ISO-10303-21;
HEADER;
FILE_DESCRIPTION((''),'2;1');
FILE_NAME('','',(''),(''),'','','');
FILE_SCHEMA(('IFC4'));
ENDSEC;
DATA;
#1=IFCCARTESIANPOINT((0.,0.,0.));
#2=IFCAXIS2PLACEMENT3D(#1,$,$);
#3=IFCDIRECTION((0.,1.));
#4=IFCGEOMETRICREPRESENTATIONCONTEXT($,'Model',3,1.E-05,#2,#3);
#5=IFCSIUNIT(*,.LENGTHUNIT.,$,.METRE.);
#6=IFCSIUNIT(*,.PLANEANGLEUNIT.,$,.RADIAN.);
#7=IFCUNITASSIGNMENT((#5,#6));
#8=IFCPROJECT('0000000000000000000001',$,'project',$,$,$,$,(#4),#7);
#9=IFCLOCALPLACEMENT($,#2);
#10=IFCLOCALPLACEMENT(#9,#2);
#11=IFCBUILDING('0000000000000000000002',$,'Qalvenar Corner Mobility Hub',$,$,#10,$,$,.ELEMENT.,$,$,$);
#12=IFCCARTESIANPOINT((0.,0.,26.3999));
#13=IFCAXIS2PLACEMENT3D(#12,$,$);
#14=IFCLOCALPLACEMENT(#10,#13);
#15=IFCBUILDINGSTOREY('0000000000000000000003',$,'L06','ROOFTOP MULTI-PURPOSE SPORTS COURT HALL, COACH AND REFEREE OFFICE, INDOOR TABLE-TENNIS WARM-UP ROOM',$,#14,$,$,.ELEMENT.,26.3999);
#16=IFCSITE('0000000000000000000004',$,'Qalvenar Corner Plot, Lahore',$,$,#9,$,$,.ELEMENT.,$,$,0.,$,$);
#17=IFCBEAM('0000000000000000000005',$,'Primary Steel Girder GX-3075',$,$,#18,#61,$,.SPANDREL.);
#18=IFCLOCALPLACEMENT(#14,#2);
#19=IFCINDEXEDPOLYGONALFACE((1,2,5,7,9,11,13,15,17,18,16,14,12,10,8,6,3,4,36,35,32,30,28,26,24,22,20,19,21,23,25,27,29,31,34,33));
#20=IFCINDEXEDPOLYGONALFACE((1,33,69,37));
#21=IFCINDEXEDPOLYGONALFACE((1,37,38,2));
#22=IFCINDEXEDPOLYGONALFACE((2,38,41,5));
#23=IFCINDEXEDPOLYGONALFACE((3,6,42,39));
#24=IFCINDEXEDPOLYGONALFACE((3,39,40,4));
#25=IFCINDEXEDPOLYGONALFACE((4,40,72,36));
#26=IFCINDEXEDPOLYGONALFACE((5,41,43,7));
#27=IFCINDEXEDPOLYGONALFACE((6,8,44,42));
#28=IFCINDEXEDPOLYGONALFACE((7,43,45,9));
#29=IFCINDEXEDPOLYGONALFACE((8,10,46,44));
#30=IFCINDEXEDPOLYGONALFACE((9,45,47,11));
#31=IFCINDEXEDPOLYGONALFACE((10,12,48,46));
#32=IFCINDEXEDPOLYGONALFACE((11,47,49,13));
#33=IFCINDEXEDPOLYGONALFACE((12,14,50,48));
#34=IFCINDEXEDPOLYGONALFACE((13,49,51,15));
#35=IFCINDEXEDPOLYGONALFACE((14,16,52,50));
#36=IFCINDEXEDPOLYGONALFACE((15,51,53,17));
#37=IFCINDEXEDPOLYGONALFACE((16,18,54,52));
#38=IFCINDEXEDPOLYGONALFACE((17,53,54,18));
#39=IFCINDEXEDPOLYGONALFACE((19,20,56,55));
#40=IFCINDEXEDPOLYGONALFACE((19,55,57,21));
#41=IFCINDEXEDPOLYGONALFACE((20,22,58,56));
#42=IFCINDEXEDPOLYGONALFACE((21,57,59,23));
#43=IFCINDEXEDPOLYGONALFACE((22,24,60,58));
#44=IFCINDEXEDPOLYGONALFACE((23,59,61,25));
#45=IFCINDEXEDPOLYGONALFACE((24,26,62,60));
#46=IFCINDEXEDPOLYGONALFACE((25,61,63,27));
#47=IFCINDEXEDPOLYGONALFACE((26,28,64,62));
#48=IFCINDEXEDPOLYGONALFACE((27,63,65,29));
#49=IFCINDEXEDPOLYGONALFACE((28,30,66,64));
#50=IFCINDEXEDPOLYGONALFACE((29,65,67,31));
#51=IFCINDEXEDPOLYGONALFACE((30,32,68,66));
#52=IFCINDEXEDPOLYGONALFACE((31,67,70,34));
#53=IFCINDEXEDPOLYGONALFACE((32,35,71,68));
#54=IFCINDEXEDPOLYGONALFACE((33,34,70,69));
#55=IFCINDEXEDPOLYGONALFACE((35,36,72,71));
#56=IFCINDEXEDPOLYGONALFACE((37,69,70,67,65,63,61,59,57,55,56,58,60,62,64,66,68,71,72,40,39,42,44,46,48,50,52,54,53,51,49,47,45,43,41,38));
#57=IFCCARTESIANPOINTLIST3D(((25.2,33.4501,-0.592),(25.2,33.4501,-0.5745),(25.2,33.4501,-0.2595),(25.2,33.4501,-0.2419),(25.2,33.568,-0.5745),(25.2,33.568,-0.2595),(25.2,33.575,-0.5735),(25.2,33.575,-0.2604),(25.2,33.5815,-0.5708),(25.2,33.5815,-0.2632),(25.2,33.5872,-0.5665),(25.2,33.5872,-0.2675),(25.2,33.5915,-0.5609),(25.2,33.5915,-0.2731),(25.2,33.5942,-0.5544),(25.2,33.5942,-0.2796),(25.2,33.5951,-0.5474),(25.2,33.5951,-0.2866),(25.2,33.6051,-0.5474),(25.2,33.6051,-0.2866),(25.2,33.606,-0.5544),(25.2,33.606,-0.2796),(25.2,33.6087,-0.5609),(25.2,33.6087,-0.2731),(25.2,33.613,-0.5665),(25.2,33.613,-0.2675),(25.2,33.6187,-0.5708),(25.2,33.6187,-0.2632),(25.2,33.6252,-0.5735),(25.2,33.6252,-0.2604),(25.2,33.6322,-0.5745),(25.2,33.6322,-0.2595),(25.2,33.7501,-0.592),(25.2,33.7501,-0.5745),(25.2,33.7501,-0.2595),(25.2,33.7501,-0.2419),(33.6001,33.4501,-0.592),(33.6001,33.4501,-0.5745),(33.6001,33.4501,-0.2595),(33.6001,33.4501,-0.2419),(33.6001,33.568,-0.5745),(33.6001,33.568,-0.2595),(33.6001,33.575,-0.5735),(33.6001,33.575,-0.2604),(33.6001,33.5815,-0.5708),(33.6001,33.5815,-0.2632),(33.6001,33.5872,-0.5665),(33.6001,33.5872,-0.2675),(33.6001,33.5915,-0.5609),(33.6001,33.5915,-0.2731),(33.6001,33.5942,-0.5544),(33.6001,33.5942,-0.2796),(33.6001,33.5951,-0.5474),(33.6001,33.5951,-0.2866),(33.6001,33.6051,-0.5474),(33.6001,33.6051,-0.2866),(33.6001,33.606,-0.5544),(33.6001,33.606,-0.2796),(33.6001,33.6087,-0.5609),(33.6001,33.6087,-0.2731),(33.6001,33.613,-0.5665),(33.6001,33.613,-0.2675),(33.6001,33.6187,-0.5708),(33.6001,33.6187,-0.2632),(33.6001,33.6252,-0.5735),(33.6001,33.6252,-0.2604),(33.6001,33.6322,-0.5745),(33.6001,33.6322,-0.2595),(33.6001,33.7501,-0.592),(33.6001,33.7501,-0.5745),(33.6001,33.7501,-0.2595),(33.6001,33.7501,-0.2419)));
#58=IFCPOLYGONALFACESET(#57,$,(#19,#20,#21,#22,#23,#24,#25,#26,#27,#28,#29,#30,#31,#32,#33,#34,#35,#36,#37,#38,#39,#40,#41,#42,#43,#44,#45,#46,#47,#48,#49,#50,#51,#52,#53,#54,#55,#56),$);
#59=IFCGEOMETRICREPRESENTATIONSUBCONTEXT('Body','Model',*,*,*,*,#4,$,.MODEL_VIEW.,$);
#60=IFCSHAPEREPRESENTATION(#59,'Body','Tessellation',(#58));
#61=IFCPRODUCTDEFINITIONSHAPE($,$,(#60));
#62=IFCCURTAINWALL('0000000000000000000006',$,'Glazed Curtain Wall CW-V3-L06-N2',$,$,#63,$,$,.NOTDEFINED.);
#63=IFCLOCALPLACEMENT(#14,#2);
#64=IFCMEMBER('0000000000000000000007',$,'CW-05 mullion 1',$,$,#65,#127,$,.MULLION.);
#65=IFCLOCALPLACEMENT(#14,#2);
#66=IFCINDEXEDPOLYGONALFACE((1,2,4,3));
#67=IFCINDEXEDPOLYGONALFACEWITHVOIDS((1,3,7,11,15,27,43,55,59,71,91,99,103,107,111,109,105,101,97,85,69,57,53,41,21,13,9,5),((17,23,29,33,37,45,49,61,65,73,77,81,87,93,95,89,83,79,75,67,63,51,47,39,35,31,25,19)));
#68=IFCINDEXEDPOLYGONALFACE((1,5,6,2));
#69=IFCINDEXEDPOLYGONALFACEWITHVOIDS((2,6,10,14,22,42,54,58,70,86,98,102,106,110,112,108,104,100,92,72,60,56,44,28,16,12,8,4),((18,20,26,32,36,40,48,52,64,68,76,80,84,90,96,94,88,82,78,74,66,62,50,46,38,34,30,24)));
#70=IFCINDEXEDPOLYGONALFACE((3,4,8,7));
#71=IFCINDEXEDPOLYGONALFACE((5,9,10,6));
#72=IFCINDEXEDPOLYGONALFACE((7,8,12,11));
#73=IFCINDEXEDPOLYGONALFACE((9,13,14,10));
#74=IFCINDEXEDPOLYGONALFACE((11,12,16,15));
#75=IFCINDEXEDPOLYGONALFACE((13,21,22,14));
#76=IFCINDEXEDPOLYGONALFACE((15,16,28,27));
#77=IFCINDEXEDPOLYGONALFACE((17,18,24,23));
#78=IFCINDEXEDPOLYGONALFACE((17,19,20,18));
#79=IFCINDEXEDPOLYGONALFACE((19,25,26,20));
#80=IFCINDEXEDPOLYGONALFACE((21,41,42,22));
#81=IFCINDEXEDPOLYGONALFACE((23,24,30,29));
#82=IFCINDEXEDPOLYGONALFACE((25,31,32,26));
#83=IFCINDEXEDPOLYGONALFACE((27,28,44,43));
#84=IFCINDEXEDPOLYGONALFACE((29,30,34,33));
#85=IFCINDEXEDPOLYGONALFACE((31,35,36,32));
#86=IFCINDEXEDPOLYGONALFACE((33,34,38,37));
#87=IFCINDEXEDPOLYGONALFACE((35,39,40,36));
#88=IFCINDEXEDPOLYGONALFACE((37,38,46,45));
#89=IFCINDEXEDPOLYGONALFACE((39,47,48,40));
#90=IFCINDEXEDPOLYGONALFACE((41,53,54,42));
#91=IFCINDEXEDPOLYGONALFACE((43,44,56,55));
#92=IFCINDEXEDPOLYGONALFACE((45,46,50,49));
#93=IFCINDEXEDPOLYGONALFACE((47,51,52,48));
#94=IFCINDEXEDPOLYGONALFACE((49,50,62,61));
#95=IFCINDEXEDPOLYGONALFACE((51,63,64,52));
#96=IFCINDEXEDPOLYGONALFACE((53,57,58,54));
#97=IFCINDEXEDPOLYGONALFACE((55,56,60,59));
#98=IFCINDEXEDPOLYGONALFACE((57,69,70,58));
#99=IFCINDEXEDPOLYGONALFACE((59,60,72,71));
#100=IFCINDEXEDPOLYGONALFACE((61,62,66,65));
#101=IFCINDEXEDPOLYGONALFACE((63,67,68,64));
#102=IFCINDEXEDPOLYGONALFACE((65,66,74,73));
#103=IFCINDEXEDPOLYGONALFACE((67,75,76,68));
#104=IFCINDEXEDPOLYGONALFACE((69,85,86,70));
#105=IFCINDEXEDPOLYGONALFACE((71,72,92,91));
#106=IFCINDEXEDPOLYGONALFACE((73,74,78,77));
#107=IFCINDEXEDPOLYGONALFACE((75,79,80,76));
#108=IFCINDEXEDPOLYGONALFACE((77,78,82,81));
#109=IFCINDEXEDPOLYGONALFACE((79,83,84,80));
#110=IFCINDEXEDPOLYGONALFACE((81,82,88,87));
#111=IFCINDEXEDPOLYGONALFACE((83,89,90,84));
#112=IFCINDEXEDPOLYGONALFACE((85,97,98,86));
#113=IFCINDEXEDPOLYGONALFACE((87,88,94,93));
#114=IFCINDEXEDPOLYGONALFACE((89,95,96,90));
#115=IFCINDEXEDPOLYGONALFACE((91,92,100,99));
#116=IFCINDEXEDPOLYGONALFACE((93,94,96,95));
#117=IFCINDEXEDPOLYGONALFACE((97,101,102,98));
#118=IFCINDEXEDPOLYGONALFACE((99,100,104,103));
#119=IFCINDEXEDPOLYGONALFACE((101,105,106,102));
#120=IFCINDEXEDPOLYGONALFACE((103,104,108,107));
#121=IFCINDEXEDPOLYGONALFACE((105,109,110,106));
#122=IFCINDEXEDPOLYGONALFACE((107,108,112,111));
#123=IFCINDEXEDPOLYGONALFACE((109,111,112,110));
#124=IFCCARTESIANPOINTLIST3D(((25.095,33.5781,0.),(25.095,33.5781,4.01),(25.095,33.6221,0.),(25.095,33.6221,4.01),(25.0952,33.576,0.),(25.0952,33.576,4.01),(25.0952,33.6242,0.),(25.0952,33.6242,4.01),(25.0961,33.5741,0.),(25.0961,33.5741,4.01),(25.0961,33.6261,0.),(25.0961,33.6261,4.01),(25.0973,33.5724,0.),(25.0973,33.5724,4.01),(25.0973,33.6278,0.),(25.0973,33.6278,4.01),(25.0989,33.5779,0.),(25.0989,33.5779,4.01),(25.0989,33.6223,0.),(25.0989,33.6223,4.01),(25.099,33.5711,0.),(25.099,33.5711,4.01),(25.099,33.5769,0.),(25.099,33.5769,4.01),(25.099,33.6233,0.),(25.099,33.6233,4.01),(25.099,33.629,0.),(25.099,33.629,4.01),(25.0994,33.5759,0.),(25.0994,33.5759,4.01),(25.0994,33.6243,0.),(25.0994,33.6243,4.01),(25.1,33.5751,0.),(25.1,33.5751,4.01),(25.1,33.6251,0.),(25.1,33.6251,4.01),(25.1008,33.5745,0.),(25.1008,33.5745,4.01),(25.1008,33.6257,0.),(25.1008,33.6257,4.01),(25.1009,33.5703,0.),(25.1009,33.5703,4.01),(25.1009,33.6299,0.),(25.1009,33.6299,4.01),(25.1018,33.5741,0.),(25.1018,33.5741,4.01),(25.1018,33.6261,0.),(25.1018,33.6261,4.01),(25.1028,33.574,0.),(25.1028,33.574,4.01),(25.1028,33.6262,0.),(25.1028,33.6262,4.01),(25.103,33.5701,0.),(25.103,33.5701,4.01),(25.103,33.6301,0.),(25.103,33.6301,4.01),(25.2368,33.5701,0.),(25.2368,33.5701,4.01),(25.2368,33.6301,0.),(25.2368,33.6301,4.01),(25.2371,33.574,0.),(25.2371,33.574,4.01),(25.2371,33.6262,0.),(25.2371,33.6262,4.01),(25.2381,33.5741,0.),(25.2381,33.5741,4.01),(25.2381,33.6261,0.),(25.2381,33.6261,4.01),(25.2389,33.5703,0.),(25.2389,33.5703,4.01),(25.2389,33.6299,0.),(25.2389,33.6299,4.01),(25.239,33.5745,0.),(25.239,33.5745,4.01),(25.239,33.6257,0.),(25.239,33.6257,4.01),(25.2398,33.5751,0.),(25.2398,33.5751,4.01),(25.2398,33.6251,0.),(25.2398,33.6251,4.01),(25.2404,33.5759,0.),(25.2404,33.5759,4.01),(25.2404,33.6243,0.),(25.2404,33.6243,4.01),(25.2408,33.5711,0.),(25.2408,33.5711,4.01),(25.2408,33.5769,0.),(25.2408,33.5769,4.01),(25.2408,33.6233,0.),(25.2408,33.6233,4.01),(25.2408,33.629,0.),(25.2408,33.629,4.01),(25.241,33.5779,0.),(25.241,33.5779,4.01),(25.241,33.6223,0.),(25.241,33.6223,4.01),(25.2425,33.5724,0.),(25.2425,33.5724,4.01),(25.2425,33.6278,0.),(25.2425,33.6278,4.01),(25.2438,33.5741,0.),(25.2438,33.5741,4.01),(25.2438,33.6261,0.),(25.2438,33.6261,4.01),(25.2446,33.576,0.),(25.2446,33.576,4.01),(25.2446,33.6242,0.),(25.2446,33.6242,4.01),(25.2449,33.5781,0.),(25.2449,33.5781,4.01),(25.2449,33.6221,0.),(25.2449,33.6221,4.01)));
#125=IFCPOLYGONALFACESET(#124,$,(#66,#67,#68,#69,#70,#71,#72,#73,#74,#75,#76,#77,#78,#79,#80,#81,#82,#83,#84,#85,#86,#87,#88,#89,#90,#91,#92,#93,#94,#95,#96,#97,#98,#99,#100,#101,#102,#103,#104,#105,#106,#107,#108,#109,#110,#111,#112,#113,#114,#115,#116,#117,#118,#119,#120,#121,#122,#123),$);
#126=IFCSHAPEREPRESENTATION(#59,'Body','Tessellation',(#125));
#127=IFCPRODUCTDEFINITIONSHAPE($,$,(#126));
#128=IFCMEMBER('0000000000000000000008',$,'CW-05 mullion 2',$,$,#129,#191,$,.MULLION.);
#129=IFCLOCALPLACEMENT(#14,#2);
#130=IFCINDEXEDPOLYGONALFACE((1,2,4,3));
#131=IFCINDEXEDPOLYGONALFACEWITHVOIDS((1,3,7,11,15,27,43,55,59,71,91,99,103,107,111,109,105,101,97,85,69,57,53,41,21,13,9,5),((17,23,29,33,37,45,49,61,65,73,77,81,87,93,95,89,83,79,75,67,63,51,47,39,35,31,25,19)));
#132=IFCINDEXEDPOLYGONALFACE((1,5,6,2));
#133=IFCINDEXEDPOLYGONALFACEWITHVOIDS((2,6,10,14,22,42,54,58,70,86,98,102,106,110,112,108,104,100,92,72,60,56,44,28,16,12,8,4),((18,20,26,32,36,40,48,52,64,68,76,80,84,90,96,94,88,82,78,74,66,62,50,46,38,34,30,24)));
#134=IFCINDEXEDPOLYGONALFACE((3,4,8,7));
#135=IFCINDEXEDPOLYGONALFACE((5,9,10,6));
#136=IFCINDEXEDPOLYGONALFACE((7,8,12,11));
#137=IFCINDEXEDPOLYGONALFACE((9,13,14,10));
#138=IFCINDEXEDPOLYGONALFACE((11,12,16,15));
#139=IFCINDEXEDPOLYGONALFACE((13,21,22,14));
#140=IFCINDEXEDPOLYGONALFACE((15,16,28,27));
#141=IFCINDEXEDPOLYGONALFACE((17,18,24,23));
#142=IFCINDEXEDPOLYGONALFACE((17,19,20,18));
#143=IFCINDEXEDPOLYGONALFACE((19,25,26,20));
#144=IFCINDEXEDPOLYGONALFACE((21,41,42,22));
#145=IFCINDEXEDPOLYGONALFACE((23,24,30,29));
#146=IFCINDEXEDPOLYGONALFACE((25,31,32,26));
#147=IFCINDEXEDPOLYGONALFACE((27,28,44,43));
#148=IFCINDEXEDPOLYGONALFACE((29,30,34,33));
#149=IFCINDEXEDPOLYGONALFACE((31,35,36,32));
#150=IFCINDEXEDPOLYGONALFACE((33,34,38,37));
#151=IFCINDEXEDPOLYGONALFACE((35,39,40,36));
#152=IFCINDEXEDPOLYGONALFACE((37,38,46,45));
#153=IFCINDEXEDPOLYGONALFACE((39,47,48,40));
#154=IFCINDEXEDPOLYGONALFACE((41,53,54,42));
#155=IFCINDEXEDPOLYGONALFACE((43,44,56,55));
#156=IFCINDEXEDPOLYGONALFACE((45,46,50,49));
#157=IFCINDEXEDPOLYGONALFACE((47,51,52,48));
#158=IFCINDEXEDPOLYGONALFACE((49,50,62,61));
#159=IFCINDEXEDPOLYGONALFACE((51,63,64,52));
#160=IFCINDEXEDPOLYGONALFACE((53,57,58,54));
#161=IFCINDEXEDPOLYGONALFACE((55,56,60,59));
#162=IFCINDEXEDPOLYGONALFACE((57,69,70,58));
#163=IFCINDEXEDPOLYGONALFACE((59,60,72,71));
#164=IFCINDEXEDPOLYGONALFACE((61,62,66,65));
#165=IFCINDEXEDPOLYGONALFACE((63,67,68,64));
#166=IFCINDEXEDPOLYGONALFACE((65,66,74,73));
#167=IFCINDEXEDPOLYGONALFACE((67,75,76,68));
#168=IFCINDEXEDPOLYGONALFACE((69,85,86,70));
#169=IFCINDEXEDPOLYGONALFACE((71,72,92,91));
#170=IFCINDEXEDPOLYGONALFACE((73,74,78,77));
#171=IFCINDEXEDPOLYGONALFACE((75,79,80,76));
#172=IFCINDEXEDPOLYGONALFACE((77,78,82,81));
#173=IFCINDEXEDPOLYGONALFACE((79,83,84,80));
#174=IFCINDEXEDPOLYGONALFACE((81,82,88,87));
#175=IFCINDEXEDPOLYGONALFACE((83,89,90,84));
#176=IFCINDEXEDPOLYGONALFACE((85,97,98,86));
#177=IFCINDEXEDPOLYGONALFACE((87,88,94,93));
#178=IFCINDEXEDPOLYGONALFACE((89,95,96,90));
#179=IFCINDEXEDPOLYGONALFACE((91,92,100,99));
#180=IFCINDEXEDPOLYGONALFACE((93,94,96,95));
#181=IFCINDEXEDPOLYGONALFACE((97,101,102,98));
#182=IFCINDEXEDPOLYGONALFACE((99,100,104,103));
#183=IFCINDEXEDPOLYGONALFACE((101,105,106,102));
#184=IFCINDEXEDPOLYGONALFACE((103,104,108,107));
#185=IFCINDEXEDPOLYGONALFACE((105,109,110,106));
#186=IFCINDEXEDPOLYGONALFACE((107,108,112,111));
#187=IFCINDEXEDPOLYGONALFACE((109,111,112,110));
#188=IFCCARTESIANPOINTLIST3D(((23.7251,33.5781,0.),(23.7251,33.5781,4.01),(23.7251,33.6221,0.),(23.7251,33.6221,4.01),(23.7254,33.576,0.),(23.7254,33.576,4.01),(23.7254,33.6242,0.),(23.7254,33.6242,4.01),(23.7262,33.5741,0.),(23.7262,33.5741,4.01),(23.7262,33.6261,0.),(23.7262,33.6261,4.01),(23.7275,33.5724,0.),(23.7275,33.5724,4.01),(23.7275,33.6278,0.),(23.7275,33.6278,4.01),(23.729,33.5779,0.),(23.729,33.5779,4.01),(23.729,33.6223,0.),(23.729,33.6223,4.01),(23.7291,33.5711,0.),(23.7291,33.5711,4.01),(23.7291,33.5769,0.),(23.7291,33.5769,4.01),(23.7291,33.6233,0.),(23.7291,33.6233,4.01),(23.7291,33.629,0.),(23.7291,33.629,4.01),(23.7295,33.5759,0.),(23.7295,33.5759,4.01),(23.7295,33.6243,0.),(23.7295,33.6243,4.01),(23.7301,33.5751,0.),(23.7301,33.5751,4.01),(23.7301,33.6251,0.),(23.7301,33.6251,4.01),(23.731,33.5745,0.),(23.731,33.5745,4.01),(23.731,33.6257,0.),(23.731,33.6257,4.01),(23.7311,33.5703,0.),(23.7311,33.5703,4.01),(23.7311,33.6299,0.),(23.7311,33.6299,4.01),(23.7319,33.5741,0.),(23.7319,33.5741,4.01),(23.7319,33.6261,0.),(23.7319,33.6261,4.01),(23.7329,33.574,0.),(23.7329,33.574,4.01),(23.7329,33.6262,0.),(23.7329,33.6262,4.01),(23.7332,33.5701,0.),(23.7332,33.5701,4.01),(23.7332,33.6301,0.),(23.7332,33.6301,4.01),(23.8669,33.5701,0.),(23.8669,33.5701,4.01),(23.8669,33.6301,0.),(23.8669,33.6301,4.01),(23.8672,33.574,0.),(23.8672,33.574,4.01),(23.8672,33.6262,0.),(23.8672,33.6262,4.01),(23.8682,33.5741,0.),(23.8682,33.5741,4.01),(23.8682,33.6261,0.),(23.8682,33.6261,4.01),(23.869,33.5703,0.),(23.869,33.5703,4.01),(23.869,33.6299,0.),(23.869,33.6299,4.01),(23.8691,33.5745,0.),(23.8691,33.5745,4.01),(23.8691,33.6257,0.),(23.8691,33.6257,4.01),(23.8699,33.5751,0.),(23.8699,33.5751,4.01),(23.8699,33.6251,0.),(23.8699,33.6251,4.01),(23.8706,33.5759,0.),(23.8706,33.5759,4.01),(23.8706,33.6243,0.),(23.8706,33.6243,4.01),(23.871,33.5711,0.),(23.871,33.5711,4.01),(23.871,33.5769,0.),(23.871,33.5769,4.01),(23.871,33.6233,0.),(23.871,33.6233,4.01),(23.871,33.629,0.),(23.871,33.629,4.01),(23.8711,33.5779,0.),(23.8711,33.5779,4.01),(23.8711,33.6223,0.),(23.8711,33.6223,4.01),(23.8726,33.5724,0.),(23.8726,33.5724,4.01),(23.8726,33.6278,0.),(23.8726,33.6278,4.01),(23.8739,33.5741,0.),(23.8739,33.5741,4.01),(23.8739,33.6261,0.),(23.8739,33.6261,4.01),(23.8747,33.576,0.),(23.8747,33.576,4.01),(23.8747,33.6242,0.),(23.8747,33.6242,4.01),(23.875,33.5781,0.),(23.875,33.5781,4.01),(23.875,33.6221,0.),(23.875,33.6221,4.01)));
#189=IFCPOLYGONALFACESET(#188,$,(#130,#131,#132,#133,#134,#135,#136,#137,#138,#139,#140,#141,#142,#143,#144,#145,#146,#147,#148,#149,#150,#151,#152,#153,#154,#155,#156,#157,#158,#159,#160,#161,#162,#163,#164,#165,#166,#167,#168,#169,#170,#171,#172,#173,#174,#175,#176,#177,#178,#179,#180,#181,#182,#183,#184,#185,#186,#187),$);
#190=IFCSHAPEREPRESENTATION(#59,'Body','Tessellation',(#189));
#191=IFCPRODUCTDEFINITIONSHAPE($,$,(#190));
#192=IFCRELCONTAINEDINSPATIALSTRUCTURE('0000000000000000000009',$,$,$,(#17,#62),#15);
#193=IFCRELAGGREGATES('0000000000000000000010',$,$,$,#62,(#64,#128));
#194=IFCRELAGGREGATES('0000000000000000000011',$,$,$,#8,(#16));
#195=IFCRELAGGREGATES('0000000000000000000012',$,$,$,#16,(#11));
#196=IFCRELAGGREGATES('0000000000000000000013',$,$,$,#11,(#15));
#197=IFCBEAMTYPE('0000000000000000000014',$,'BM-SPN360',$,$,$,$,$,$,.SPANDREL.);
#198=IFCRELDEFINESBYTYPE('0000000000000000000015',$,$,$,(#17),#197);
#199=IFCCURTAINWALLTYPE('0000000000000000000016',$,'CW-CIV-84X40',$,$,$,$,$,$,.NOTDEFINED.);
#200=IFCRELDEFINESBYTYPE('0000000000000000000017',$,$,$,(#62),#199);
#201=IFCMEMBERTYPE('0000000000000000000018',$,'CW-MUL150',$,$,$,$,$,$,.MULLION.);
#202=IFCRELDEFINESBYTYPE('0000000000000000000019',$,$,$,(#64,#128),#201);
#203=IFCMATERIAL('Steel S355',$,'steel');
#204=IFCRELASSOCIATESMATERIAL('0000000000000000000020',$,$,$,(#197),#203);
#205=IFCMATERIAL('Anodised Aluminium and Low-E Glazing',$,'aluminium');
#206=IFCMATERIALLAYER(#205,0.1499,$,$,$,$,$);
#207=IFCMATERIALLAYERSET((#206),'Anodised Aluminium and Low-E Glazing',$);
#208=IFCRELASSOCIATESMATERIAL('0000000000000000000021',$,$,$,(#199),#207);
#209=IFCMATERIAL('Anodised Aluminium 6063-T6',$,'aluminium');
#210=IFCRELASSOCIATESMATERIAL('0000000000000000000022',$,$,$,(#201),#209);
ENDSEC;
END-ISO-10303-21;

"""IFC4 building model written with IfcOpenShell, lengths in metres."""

from ifc_helpers import new_model, si_unit, direction, frame, origin, origin_2d, place, context, subcontext, project, spatial, hollow_rectangle, i_section, extrude, material, layer, layer_set, material_profile, profile_set, type_object, element, aggregate, save


model = new_model("IFC4")

# Units and contexts
model_context = context("Model", 3, precision=1e-05, world=origin(), true_north=direction((0.0, 1.0)))
body_context = subcontext(model_context, "Body", "Model", "MODEL_VIEW")
ifc_project = project(units=[si_unit("LENGTHUNIT", "METRE"), si_unit("PLANEANGLEUNIT", "RADIAN")], contexts=[model_context])

# Site, building, storey
site_placement = place(None, origin())
site = spatial("IfcSite", under=ifc_project, at=site_placement, Name="Qalvenar Corner Plot, Lahore", CompositionType="ELEMENT", RefElevation=0.0)
building_placement = place(site_placement, origin())
building = spatial("IfcBuilding", under=site, at=building_placement, Name="Qalvenar Corner Mobility Hub", CompositionType="ELEMENT")
storey_placement = place(building_placement, frame((0.0, 0.0, 26.3999)))
storey = spatial("IfcBuildingStorey", under=building, at=storey_placement, Name="L06", Description="ROOFTOP MULTI-PURPOSE SPORTS COURT HALL, COACH AND REFEREE OFFICE, INDOOR TABLE-TENNIS WARM-UP ROOM", CompositionType="ELEMENT", Elevation=26.3999)

# Shared definitions
ifc_material_1 = material(Name="Steel S355", Category="steel")

# Beam
ifc_material_profile_1 = material_profile(ifc_material_1, i_section(OverallWidth=0.3, OverallDepth=0.3501, WebThickness=0.01, FlangeThickness=0.0176, FilletRadius=0.0271, at=origin_2d()), Name="HEA360")
ifc_profile_set_1 = profile_set([ifc_material_profile_1], Name="Steel S355")
beam_type_1 = type_object("IfcBeamType", Name="BM-SPN360", PredefinedType="SPANDREL", material=ifc_profile_set_1)
beam_1_placement = place(storey_placement, frame((25.2, 33.6001, -0.417), z_axis=(1.0, 0.0, 0.0), x_axis=(0.0, 1.0, 0.0)))
element("IfcBeam", 1, at=beam_1_placement, inside=storey, type_object=beam_type_1, Name="Primary Steel Girder GX-3075", PredefinedType="SPANDREL", context=body_context, shape_type="SweptSolid", body=[
    extrude(i_section(OverallWidth=0.3, OverallDepth=0.3501, WebThickness=0.01, FlangeThickness=0.0176, FilletRadius=0.0271, at=origin_2d()), origin(), (0.0, 0.0, 1.0), 8.4001),
])

# Curtain wall, members
ifc_material_2 = material(Name="Anodised Aluminium and Low-E Glazing", Category="aluminium")
ifc_layer_1 = layer(ifc_material_2, 0.1499)
ifc_layer_set_1 = layer_set([ifc_layer_1], Name="Anodised Aluminium and Low-E Glazing")
curtain_wall_type = type_object("IfcCurtainWallType", Name="CW-CIV-84X40", PredefinedType="NOTDEFINED", material=ifc_layer_set_1)
curtain_wall_placement = place(storey_placement, origin())
curtain_wall = element("IfcCurtainWall", 2, at=curtain_wall_placement, inside=storey, type_object=curtain_wall_type, Name="Glazed Curtain Wall CW-V3-L06-N2", PredefinedType="NOTDEFINED")
ifc_material_3 = material(Name="Anodised Aluminium 6063-T6", Category="aluminium")
ifc_material_profile_2 = material_profile(ifc_material_3, hollow_rectangle(XDim=0.0601, YDim=0.1499, WallThickness=0.0039, InnerFilletRadius=0.0039, OuterFilletRadius=0.0081, at=origin_2d()), Name="RHS150x60x4")
ifc_profile_set_2 = profile_set([ifc_material_profile_2], Name="Anodised Aluminium 6063-T6")
member_type_1 = type_object("IfcMemberType", Name="CW-MUL150", PredefinedType="MULLION", material=ifc_profile_set_2)
member_1_placement = place(storey_placement, frame((25.1699, 33.6001, 0.0), z_axis=(0.0, 0.0, 1.0), x_axis=(0.0, -1.0, 0.0)))
member_1 = element("IfcMember", 3, at=member_1_placement, type_object=member_type_1, Name="CW-05 mullion 1", PredefinedType="MULLION", context=body_context, shape_type="SweptSolid", body=[
    extrude(hollow_rectangle(XDim=0.0601, YDim=0.1499, WallThickness=0.0039, InnerFilletRadius=0.0039, OuterFilletRadius=0.0081, at=origin_2d()), origin(), (0.0, 0.0, 1.0), 4.01),
])
member_2_placement = place(storey_placement, frame((23.8, 33.6001, 0.0), z_axis=(0.0, 0.0, 1.0), x_axis=(0.0, -1.0, 0.0)))
member_2 = element("IfcMember", 4, at=member_2_placement, type_object=member_type_1, Name="CW-05 mullion 2", PredefinedType="MULLION", context=body_context, shape_type="SweptSolid", body=[
    extrude(hollow_rectangle(XDim=0.0601, YDim=0.1499, WallThickness=0.0039, InnerFilletRadius=0.0039, OuterFilletRadius=0.0081, at=origin_2d()), origin(), (0.0, 0.0, 1.0), 4.01),
])

aggregate(curtain_wall, [member_1, member_2])

save(model, "model.ifc")
